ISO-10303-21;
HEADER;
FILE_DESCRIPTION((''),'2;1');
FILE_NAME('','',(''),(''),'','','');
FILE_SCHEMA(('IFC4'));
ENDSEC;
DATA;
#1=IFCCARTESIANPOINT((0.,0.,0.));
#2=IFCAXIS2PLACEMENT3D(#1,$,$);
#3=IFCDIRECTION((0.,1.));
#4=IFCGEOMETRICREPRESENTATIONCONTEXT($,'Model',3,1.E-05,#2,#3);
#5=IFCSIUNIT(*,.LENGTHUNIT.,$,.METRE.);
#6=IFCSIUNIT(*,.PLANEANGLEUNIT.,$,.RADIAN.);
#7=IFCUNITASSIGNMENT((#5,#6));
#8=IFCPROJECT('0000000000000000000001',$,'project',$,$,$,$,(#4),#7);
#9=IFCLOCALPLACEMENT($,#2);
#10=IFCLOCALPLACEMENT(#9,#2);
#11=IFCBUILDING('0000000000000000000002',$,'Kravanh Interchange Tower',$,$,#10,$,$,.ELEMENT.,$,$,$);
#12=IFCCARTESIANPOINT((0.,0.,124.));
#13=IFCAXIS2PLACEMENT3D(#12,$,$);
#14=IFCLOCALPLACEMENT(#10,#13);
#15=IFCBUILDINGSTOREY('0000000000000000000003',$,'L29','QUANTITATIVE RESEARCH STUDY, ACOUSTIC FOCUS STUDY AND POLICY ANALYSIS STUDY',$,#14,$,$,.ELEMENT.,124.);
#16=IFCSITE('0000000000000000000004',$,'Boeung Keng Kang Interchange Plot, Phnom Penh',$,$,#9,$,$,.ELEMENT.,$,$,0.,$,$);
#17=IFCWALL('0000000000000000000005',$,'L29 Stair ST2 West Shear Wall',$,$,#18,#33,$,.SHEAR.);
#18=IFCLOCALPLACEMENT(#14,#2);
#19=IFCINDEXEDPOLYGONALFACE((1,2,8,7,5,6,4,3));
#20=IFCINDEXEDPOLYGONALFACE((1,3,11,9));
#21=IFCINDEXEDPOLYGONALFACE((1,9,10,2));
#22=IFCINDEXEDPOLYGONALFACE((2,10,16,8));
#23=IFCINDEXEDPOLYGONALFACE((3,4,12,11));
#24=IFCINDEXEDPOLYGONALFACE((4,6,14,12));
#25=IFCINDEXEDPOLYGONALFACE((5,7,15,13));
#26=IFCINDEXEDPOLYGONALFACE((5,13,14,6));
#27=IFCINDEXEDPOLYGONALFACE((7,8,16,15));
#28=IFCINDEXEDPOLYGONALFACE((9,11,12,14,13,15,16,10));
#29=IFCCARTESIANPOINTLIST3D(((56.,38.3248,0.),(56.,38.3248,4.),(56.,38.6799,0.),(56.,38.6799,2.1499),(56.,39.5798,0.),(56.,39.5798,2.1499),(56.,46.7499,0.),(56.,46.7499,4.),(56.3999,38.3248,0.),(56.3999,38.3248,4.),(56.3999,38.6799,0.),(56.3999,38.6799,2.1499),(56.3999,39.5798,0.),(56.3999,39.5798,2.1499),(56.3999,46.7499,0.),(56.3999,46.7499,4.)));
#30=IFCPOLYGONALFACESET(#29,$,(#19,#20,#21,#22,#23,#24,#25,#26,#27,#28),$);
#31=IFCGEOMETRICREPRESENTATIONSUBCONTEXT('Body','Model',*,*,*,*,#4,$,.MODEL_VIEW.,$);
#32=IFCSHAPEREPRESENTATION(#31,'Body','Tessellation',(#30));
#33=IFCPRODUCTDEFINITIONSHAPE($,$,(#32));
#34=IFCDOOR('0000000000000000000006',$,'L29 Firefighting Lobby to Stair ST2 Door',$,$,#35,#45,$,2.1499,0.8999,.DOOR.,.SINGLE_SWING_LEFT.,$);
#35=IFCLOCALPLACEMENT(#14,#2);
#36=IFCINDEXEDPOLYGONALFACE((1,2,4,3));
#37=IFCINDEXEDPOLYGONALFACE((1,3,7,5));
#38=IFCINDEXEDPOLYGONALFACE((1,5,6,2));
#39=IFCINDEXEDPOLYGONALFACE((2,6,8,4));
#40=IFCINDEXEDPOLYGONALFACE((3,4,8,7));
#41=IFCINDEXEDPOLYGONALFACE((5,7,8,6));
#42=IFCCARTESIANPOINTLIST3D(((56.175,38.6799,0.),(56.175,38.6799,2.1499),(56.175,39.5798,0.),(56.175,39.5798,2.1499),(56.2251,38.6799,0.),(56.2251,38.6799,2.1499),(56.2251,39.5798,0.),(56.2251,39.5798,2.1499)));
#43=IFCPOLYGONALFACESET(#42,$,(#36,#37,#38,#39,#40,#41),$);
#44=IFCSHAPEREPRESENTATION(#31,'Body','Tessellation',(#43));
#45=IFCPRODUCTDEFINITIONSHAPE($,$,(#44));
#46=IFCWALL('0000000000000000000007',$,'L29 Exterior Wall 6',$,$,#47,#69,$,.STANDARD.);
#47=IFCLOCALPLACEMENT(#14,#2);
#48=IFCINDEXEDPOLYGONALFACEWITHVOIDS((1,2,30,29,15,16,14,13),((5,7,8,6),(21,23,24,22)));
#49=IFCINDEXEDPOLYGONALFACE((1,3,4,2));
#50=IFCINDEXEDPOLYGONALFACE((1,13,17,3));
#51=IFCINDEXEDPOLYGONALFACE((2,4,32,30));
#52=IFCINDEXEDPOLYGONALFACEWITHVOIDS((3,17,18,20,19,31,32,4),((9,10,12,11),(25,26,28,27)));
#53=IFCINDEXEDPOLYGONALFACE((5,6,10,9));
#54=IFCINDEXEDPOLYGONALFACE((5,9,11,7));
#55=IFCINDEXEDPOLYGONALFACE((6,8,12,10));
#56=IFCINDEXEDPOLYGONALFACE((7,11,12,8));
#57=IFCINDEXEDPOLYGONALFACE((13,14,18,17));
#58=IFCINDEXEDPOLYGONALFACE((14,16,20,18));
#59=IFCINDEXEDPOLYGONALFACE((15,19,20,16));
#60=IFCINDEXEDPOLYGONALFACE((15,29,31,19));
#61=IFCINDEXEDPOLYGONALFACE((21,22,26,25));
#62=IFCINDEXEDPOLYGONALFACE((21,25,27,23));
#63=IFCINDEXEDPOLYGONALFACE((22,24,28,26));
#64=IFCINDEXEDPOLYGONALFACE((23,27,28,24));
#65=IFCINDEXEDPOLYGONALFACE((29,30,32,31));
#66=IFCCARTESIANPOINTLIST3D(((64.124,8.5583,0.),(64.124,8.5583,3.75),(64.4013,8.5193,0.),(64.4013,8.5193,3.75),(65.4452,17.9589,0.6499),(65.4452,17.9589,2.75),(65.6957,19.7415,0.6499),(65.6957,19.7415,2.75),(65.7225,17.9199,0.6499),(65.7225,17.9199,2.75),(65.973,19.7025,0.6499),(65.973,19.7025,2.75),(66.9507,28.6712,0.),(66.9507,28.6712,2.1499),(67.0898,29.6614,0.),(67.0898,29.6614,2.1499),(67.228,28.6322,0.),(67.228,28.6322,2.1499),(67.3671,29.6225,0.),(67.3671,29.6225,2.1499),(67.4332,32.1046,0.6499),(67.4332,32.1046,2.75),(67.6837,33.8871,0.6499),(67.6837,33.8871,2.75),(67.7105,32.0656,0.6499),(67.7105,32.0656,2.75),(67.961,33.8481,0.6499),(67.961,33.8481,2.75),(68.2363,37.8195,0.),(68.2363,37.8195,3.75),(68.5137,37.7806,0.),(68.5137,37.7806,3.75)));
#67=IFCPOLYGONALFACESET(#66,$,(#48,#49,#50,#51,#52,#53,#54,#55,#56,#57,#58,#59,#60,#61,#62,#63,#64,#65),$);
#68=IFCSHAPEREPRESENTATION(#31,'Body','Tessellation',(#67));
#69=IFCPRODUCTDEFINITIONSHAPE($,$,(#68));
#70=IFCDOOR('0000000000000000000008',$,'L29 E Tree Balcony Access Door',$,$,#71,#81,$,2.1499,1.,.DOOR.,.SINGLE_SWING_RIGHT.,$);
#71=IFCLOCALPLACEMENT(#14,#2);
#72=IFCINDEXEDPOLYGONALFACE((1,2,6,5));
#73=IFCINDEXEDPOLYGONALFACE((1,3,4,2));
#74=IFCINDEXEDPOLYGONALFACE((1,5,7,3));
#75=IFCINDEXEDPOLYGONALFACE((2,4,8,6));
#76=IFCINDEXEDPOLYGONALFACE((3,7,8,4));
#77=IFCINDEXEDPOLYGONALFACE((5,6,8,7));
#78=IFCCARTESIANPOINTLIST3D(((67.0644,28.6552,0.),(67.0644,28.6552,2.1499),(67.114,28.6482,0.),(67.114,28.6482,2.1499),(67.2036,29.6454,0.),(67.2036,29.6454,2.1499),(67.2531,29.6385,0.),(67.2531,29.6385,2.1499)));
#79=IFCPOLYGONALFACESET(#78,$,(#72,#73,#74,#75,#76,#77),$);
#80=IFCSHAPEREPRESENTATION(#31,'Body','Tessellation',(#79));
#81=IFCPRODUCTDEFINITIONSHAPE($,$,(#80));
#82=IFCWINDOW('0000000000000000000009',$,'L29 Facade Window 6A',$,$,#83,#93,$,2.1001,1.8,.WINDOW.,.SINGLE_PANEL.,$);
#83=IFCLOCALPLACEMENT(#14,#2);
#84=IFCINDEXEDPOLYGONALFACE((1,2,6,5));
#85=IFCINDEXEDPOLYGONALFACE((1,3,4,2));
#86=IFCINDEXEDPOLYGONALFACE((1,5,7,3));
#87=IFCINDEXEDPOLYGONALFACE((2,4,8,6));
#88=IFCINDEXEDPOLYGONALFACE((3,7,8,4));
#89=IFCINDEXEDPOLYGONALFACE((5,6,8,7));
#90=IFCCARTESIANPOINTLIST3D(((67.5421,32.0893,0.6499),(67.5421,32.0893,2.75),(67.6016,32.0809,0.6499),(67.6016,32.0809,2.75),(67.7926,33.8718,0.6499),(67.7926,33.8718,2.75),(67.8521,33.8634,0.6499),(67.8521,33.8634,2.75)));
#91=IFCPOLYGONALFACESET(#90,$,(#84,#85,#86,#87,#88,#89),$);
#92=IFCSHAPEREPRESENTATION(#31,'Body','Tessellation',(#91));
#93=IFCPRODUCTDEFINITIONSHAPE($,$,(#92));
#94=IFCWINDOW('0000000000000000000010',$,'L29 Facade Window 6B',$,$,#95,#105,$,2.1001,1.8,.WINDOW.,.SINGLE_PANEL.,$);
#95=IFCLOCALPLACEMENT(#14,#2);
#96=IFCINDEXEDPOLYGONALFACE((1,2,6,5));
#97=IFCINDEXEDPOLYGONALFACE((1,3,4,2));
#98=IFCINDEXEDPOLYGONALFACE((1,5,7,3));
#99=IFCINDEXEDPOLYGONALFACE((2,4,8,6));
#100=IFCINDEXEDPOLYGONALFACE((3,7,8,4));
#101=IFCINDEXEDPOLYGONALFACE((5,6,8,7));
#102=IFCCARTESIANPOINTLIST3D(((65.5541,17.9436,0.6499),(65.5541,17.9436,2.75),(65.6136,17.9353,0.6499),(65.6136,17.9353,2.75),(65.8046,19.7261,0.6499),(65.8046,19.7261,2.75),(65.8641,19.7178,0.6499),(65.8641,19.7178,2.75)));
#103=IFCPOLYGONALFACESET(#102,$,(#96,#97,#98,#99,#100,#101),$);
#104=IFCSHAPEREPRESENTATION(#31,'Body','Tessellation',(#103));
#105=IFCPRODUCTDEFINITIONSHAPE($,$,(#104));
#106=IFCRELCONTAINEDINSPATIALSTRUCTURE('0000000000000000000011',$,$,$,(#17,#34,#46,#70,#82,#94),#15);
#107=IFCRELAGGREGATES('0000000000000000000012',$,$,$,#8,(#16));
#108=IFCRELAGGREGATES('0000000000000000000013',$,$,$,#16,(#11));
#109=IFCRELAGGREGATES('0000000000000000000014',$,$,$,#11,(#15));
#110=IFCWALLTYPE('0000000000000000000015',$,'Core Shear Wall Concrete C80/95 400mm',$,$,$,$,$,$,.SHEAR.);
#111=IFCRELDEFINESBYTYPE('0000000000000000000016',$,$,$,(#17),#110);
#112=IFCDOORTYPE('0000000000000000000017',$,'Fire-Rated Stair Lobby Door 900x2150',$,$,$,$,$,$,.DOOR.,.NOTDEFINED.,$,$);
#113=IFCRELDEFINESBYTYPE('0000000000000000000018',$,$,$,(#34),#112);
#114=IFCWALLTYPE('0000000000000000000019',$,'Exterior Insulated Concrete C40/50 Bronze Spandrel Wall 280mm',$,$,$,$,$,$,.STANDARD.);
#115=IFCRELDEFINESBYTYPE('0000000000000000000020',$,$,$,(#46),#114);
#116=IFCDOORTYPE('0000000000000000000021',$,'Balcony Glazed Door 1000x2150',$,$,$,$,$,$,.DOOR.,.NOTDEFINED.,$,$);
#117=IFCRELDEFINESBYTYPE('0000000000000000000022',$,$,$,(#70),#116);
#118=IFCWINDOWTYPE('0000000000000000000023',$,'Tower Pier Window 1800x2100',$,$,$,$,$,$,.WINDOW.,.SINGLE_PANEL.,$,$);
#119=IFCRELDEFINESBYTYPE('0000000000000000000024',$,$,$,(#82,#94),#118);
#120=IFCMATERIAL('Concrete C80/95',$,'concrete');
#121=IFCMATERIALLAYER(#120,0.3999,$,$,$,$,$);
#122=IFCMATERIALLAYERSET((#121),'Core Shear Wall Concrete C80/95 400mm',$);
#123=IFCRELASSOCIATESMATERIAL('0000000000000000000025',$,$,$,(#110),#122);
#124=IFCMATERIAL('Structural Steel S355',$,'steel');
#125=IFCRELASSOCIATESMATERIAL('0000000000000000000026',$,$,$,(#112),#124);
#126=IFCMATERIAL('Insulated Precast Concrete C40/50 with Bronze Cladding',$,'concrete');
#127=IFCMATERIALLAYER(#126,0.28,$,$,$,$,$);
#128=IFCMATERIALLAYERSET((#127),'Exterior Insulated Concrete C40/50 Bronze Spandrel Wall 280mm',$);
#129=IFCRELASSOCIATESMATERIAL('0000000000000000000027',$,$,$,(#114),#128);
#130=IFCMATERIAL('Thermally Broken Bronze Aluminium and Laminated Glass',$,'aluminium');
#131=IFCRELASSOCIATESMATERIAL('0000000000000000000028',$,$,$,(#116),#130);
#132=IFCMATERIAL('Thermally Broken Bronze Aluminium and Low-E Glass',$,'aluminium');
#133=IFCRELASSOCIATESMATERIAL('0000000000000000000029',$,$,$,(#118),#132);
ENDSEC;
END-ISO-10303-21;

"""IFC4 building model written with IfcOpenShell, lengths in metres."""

from ifc_helpers import new_model, si_unit, direction, frame, frame_2d, origin, place, context, subcontext, project, spatial, rectangle, extrude, material, layer, layer_set, type_object, element, fill, save


model = new_model("IFC4")

# Units and contexts
model_context = context("Model", 3, precision=1e-05, world=origin(), true_north=direction((0.0, 1.0)))
body_context = subcontext(model_context, "Body", "Model", "MODEL_VIEW")
ifc_project = project(units=[si_unit("LENGTHUNIT", "METRE"), si_unit("PLANEANGLEUNIT", "RADIAN")], contexts=[model_context])

# Site, building, storey
site_placement = place(None, origin())
site = spatial("IfcSite", under=ifc_project, at=site_placement, Name="Boeung Keng Kang Interchange Plot, Phnom Penh", CompositionType="ELEMENT", RefElevation=0.0)
building_placement = place(site_placement, origin())
building = spatial("IfcBuilding", under=site, at=building_placement, Name="Kravanh Interchange Tower", CompositionType="ELEMENT")
storey_placement = place(building_placement, frame((0.0, 0.0, 124.0)))
storey = spatial("IfcBuildingStorey", under=building, at=storey_placement, Name="L29", Description="QUANTITATIVE RESEARCH STUDY, ACOUSTIC FOCUS STUDY AND POLICY ANALYSIS STUDY", CompositionType="ELEMENT", Elevation=124.0)

# Shared definitions
ifc_material_1 = material(Name="Concrete C80/95", Category="concrete")
ifc_layer_1 = layer(ifc_material_1, 0.3999)
ifc_layer_set_1 = layer_set([ifc_layer_1], Name="Core Shear Wall Concrete C80/95 400mm")
wall_type_1 = type_object("IfcWallType", Name="Core Shear Wall Concrete C80/95 400mm", PredefinedType="SHEAR", material=ifc_layer_set_1)

# Wall, opening, door
wall_1_placement = place(storey_placement, frame((56.2, 38.325, 0.0), z_axis=(0.0, 0.0, 1.0), x_axis=(0.0, 1.0, 0.0)))
wall_1 = element("IfcWall", 1, at=wall_1_placement, inside=storey, type_object=wall_type_1, Name="L29 Stair ST2 West Shear Wall", PredefinedType="SHEAR", context=body_context, shape_type="SweptSolid", body=[
    extrude(rectangle(XDim=8.425, YDim=0.3999, at=frame_2d((4.2124, 0.0))), origin(), (0.0, 0.0, 1.0), 4.0),
])
opening_1_placement = place(wall_1_placement, frame((0.355, 0.0, 0.0)))
opening_1 = element("IfcOpeningElement", 2, at=opening_1_placement, cuts=wall_1, PredefinedType="OPENING", context=body_context, shape_type="SweptSolid", body=[
    extrude(rectangle(XDim=0.8999, YDim=2.1499, at=frame_2d((0.45, 1.075))), frame((0.0, 0.21, 0.0), z_axis=(0.0, -1.0, 0.0), x_axis=(1.0, 0.0, 0.0)), (0.0, 0.0, 1.0), 0.4199),
])
ifc_material_2 = material(Name="Structural Steel S355", Category="steel")
door_type_1 = type_object("IfcDoorType", Name="Fire-Rated Stair Lobby Door 900x2150", OperationType="NOTDEFINED", PredefinedType="DOOR", material=ifc_material_2)
door_1_placement = place(opening_1_placement, origin())
door_1 = element("IfcDoor", 3, at=door_1_placement, inside=storey, type_object=door_type_1, Name="L29 Firefighting Lobby to Stair ST2 Door", OperationType="SINGLE_SWING_LEFT", OverallHeight=2.1499, OverallWidth=0.8999, PredefinedType="DOOR", context=body_context, shape_type="SweptSolid", body=[
    extrude(rectangle(XDim=0.8999, YDim=2.1499, at=frame_2d((0.45, 1.075))), frame((0.0, 0.0249, 0.0), z_axis=(0.0, -1.0, 0.0), x_axis=(1.0, 0.0, 0.0)), (0.0, 0.0, 1.0), 0.05),
])
fill(opening_1, door_1)

# Wall, openings, door, windows
ifc_material_3 = material(Name="Insulated Precast Concrete C40/50 with Bronze Cladding", Category="concrete")
ifc_layer_2 = layer(ifc_material_3, 0.28)
ifc_layer_set_2 = layer_set([ifc_layer_2], Name="Exterior Insulated Concrete C40/50 Bronze Spandrel Wall 280mm")
wall_type_2 = type_object("IfcWallType", Name="Exterior Insulated Concrete C40/50 Bronze Spandrel Wall 280mm", PredefinedType="STANDARD", material=ifc_layer_set_2)
wall_2_placement = place(storey_placement, frame((68.375, 37.8, 0.0), z_axis=(0.0, 0.0, 1.0), x_axis=(-0.13917, -0.990269, 0.0)))
wall_2 = element("IfcWall", 4, at=wall_2_placement, inside=storey, type_object=wall_type_2, Name="L29 Exterior Wall 6", PredefinedType="STANDARD", context=body_context, shape_type="SweptSolid", body=[
    extrude(rectangle(XDim=29.5488, YDim=0.28, at=frame_2d((14.7744, 0.0))), origin(), (0.0, 0.0, 1.0), 3.75),
])
opening_2_placement = place(wall_2_placement, frame((8.2383, 0.0, 0.0)))
opening_2 = element("IfcOpeningElement", 5, at=opening_2_placement, cuts=wall_2, PredefinedType="OPENING", context=body_context, shape_type="SweptSolid", body=[
    extrude(rectangle(XDim=1.0, YDim=2.1499, at=frame_2d((0.5, 1.075))), frame((0.0, 0.1499, 0.0), z_axis=(0.0, -1.0, 0.0), x_axis=(1.0, 0.0, 0.0)), (0.0, 0.0, 1.0), 0.3),
])
opening_3_placement = place(wall_2_placement, frame((3.9712, 0.0, 0.6499)))
opening_3 = element("IfcOpeningElement", 6, at=opening_3_placement, cuts=wall_2, PredefinedType="OPENING", context=body_context, shape_type="SweptSolid", body=[
    extrude(rectangle(XDim=1.8, YDim=2.1001, at=frame_2d((0.8999, 1.05))), frame((0.0, 0.1499, 0.0), z_axis=(0.0, -1.0, 0.0), x_axis=(1.0, 0.0, 0.0)), (0.0, 0.0, 1.0), 0.3),
])
opening_4_placement = place(wall_2_placement, frame((18.2559, 0.0, 0.6499)))
opening_4 = element("IfcOpeningElement", 7, at=opening_4_placement, cuts=wall_2, PredefinedType="OPENING", context=body_context, shape_type="SweptSolid", body=[
    extrude(rectangle(XDim=1.8, YDim=2.1001, at=frame_2d((0.8999, 1.05))), frame((0.0, 0.1499, 0.0), z_axis=(0.0, -1.0, 0.0), x_axis=(1.0, 0.0, 0.0)), (0.0, 0.0, 1.0), 0.3),
])
ifc_material_4 = material(Name="Thermally Broken Bronze Aluminium and Laminated Glass", Category="aluminium")
door_type_2 = type_object("IfcDoorType", Name="Balcony Glazed Door 1000x2150", OperationType="NOTDEFINED", PredefinedType="DOOR", material=ifc_material_4)
door_2_placement = place(opening_2_placement, origin())
door_2 = element("IfcDoor", 8, at=door_2_placement, inside=storey, type_object=door_type_2, Name="L29 E Tree Balcony Access Door", OperationType="SINGLE_SWING_RIGHT", OverallHeight=2.1499, OverallWidth=1.0, PredefinedType="DOOR", context=body_context, shape_type="SweptSolid", body=[
    extrude(rectangle(XDim=1.0, YDim=2.1499, at=frame_2d((0.5, 1.075))), frame((0.0, 0.0249, 0.0), z_axis=(0.0, -1.0, 0.0), x_axis=(1.0, 0.0, 0.0)), (0.0, 0.0, 1.0), 0.05),
])
fill(opening_2, door_2)
ifc_material_5 = material(Name="Thermally Broken Bronze Aluminium and Low-E Glass", Category="aluminium")
window_type = type_object("IfcWindowType", Name="Tower Pier Window 1800x2100", PartitioningType="SINGLE_PANEL", PredefinedType="WINDOW", material=ifc_material_5)
window_1_placement = place(opening_3_placement, origin())
window_1 = element("IfcWindow", 9, at=window_1_placement, inside=storey, type_object=window_type, Name="L29 Facade Window 6A", OverallHeight=2.1001, OverallWidth=1.8, PartitioningType="SINGLE_PANEL", PredefinedType="WINDOW", context=body_context, shape_type="SweptSolid", body=[
    extrude(rectangle(XDim=1.8, YDim=2.1001, at=frame_2d((0.8999, 1.05))), frame((0.0, 0.03, 0.0), z_axis=(0.0, -1.0, 0.0), x_axis=(1.0, 0.0, 0.0)), (0.0, 0.0, 1.0), 0.0601),
])
fill(opening_3, window_1)
window_2_placement = place(opening_4_placement, origin())
window_2 = element("IfcWindow", 10, at=window_2_placement, inside=storey, type_object=window_type, Name="L29 Facade Window 6B", OverallHeight=2.1001, OverallWidth=1.8, PartitioningType="SINGLE_PANEL", PredefinedType="WINDOW", context=body_context, shape_type="SweptSolid", body=[
    extrude(rectangle(XDim=1.8, YDim=2.1001, at=frame_2d((0.8999, 1.05))), frame((0.0, 0.03, 0.0), z_axis=(0.0, -1.0, 0.0), x_axis=(1.0, 0.0, 0.0)), (0.0, 0.0, 1.0), 0.0601),
])
fill(opening_4, window_2)

save(model, "model.ifc")
